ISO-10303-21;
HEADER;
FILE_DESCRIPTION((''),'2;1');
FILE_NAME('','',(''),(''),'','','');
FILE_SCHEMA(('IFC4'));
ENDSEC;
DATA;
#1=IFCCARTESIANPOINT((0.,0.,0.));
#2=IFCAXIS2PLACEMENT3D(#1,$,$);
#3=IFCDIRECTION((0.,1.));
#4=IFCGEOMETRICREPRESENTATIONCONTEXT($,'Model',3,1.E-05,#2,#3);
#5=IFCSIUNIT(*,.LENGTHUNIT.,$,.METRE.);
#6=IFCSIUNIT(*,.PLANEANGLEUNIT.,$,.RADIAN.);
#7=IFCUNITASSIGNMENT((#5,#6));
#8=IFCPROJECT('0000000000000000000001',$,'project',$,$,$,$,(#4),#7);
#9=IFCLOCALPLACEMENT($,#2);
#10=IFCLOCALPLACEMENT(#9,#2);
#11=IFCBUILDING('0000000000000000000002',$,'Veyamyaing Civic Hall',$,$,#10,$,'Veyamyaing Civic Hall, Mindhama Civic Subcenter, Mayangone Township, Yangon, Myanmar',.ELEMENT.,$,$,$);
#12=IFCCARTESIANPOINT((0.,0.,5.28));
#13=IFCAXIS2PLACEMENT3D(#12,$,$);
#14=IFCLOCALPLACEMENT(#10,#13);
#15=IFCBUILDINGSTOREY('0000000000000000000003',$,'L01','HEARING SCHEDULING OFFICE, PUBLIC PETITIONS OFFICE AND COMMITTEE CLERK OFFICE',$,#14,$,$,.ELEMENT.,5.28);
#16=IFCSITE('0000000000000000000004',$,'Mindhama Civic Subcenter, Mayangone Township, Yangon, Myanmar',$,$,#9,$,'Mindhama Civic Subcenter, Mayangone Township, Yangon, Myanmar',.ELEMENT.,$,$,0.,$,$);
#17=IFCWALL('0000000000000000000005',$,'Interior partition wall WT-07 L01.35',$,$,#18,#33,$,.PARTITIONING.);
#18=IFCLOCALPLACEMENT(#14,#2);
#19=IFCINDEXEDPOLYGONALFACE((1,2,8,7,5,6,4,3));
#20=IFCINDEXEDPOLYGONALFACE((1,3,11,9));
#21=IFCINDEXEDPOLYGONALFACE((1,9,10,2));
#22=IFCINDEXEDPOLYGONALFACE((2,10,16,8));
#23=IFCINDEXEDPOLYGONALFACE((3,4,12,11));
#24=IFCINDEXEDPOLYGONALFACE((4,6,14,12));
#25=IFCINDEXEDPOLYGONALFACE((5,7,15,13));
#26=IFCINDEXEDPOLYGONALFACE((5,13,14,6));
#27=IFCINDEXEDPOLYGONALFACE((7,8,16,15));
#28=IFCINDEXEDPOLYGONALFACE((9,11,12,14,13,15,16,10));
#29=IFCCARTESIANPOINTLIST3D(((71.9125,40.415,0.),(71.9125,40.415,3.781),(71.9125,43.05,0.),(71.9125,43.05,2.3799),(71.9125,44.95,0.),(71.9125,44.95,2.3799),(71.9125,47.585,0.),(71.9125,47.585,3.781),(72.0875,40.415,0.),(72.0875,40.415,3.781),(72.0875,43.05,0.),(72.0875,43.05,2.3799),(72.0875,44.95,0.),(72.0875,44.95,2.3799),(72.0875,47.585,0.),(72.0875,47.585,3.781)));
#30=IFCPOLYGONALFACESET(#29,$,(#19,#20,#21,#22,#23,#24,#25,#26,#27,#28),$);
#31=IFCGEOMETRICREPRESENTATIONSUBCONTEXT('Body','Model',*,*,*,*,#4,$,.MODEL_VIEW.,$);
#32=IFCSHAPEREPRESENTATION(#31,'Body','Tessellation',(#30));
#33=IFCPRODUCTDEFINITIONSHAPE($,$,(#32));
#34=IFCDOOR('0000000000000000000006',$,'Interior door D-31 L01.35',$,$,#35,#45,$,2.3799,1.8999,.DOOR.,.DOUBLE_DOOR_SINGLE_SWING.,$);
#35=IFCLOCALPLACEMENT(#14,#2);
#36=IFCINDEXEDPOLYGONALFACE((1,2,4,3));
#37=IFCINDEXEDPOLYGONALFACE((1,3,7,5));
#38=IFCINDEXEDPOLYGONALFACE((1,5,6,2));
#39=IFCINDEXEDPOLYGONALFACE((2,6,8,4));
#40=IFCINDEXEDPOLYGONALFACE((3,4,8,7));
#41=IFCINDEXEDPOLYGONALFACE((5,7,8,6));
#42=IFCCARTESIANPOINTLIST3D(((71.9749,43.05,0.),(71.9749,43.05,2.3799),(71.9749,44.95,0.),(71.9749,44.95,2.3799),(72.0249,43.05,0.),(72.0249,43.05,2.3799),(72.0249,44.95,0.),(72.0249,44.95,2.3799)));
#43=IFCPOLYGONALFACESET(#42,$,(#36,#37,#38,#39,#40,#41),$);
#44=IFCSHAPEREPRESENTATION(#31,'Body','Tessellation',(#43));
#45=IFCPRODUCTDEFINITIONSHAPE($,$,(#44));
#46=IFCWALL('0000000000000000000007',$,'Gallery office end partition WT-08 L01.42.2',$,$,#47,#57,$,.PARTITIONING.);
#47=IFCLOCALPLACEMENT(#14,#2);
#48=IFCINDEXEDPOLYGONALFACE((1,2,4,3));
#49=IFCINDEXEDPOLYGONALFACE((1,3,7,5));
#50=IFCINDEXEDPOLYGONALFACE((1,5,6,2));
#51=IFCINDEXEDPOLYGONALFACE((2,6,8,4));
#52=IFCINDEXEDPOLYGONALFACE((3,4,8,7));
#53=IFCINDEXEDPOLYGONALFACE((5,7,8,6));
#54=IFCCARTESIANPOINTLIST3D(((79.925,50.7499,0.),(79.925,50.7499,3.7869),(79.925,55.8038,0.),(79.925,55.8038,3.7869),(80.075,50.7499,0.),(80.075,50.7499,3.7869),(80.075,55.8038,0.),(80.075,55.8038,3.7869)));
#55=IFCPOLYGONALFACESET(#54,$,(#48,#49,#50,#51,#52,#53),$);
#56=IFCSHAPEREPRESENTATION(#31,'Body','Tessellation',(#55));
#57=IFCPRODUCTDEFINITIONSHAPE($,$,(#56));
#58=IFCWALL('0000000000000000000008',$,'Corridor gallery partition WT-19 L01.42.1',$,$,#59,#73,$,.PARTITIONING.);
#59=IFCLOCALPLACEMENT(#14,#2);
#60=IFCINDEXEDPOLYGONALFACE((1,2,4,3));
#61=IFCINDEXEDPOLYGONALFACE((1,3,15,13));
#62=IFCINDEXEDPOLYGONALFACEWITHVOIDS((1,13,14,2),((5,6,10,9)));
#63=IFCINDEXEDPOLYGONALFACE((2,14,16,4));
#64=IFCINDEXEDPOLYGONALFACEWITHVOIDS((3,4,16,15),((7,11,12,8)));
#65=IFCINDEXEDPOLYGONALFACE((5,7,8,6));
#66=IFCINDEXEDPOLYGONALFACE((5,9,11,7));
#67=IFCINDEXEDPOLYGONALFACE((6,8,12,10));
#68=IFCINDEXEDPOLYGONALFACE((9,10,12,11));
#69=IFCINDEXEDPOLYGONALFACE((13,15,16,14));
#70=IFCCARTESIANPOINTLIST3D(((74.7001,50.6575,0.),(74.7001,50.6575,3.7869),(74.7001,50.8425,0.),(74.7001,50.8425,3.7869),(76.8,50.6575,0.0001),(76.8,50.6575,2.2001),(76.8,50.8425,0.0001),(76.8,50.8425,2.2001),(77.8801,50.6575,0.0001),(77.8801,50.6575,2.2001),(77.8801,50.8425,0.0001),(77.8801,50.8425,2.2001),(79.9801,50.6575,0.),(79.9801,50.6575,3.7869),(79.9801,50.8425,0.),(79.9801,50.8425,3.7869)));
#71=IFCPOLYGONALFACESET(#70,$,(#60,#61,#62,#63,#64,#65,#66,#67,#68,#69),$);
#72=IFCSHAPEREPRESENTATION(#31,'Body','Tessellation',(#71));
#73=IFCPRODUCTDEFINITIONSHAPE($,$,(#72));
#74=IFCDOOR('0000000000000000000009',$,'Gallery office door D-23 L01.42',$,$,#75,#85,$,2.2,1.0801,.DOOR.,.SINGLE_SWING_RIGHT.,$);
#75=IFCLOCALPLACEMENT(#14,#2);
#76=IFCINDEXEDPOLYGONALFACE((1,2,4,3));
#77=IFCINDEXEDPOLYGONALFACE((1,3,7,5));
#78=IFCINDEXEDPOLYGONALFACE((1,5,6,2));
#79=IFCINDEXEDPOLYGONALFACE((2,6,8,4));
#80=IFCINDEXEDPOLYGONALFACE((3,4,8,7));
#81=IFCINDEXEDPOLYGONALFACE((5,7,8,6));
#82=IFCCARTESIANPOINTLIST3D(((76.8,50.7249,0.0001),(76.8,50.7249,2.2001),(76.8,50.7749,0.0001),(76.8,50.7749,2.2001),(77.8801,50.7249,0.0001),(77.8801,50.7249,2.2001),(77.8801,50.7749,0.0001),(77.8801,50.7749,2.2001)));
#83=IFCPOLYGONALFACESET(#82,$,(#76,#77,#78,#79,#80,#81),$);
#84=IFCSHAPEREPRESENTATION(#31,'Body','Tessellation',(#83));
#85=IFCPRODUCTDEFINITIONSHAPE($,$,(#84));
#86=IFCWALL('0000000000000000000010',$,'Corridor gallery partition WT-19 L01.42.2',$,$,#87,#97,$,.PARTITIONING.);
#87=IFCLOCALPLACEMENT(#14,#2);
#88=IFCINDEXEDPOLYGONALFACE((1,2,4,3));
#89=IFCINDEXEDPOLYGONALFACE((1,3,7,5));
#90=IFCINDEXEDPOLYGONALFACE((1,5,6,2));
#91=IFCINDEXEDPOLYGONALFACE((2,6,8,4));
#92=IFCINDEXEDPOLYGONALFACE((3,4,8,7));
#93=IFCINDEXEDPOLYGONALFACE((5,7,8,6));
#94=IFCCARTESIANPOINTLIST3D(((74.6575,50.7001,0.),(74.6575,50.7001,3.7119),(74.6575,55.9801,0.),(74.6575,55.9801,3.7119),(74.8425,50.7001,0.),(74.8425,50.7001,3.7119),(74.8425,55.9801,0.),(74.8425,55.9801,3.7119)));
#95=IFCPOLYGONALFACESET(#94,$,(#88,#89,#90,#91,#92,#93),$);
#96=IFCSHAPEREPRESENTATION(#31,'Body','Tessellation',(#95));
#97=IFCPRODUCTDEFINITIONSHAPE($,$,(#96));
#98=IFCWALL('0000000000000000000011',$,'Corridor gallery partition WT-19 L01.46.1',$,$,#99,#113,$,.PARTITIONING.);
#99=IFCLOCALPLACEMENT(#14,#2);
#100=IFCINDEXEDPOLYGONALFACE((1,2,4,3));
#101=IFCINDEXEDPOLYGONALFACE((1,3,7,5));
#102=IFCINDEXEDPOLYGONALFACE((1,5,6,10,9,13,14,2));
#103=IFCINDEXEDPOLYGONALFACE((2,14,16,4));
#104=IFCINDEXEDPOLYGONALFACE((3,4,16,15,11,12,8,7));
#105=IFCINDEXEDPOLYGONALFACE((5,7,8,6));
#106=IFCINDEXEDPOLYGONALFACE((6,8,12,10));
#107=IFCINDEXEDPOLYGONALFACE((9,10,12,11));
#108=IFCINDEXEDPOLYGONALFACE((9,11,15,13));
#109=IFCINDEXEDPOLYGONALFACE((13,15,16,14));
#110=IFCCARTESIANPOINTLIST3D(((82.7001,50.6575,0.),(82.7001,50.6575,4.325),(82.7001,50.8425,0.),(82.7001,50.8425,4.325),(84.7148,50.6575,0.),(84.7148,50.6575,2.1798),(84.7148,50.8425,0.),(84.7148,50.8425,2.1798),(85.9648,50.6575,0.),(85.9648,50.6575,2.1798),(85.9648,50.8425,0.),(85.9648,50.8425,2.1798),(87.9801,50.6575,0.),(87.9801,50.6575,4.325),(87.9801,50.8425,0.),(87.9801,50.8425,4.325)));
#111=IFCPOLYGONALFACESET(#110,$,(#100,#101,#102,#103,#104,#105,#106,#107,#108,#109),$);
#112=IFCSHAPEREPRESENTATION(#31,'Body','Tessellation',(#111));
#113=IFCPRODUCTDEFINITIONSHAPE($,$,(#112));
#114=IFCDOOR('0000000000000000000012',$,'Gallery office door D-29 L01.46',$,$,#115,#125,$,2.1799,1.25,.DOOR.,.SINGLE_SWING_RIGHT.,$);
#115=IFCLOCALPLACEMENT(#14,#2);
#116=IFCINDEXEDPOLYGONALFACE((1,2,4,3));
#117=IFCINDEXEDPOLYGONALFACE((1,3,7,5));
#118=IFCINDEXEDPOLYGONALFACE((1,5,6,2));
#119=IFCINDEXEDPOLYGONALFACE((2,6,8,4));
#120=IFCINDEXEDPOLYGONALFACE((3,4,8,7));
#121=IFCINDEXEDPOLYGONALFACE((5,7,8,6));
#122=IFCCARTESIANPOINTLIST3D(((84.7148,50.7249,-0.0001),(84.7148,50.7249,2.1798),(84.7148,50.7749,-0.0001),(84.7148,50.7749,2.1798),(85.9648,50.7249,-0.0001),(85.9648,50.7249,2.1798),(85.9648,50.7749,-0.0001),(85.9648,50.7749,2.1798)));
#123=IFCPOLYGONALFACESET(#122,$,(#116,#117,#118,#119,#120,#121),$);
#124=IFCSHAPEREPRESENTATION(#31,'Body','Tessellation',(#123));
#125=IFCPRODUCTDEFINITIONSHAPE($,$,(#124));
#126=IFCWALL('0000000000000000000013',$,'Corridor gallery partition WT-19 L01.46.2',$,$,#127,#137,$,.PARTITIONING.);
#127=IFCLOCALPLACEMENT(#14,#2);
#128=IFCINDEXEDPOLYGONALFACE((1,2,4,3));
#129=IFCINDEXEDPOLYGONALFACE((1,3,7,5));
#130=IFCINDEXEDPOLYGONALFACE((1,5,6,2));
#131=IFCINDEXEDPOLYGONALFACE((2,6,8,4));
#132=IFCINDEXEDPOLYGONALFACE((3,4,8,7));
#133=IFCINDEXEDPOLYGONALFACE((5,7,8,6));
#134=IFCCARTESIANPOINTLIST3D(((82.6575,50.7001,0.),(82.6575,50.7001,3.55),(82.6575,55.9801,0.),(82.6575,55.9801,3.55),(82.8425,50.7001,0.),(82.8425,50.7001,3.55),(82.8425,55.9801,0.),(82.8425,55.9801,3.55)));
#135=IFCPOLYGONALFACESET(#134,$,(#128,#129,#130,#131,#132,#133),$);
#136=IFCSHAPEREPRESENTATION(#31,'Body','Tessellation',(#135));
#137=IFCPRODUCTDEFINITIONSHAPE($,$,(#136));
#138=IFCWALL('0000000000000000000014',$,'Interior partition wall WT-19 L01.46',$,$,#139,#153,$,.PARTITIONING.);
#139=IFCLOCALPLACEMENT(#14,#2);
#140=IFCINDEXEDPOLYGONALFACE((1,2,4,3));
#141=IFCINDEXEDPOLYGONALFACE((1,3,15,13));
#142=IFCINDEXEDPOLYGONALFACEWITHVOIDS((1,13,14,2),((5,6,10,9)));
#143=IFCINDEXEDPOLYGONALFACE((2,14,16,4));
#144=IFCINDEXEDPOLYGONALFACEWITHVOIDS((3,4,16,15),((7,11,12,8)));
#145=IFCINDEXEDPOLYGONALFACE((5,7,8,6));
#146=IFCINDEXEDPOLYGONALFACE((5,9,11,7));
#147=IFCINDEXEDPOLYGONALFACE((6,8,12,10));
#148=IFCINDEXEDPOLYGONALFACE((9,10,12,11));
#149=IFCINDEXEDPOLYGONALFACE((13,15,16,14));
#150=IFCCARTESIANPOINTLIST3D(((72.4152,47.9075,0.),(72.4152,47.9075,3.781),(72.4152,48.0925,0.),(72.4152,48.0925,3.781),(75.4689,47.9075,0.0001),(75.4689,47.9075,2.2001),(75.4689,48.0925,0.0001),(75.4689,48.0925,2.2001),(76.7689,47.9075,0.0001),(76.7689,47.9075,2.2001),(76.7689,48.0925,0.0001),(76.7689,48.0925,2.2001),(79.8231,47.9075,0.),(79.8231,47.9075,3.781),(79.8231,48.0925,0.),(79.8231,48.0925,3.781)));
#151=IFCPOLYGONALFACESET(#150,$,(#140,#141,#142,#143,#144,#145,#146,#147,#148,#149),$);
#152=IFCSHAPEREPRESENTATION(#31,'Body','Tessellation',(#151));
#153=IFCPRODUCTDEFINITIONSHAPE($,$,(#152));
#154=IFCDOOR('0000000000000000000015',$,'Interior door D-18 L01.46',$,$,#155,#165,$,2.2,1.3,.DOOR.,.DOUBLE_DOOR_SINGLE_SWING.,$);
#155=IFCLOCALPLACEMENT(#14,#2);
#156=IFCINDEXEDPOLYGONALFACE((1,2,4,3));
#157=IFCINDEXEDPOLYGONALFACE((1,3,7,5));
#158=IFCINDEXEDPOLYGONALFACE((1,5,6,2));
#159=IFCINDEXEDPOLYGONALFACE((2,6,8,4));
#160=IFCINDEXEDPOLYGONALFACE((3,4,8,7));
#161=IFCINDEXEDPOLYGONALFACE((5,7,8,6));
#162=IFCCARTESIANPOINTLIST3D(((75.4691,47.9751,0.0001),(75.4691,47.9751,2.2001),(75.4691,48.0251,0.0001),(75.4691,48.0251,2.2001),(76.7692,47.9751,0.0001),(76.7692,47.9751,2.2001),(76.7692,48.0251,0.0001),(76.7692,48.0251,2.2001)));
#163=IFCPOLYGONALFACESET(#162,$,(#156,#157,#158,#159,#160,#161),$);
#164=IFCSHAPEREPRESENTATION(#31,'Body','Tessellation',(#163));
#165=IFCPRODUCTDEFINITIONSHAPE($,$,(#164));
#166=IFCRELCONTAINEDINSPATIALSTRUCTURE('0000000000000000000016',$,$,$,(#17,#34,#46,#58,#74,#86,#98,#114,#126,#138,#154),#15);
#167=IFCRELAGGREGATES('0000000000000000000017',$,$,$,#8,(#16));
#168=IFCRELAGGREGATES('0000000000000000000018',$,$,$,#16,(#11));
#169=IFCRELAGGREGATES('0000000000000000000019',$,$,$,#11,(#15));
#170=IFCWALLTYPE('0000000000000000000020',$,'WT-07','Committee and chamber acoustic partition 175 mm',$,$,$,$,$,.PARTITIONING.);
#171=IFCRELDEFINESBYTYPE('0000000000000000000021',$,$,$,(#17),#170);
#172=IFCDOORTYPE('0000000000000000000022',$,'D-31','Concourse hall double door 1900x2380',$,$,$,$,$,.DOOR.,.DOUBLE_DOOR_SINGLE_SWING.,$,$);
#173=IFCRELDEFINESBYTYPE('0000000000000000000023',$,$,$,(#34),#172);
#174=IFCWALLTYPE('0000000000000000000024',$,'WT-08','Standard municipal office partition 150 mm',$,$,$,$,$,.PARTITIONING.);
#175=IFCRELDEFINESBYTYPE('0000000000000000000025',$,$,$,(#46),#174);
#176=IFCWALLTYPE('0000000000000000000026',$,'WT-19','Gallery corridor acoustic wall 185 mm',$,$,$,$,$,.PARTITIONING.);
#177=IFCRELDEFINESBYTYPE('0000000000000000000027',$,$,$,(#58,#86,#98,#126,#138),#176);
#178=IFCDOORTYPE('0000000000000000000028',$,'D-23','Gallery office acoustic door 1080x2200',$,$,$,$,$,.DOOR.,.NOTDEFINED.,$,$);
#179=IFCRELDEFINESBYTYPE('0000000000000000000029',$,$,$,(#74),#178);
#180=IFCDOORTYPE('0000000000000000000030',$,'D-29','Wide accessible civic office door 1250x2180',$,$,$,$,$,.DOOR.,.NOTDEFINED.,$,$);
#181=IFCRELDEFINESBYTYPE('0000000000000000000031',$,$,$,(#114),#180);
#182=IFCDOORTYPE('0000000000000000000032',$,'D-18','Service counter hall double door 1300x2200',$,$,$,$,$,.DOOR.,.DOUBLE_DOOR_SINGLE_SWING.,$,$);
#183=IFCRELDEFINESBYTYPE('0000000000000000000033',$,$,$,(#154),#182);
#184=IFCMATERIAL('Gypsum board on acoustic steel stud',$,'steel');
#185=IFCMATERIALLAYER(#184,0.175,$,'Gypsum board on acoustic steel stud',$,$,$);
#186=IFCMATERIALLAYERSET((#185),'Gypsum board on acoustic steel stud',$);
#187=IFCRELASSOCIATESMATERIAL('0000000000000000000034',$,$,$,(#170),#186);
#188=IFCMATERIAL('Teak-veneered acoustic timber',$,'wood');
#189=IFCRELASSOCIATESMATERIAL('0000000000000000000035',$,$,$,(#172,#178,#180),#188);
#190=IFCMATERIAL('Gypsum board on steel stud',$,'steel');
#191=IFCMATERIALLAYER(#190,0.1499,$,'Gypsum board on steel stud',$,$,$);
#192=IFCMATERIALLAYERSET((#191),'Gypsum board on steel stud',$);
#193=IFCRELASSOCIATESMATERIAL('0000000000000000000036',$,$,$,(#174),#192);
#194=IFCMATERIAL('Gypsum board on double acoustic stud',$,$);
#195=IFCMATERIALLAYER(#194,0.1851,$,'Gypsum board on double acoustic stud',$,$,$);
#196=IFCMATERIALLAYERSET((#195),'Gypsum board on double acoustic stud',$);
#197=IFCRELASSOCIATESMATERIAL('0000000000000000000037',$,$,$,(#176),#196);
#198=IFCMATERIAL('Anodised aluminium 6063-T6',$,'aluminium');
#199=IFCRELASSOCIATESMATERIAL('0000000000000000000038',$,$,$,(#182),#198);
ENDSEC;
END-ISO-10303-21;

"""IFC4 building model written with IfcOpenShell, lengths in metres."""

from ifc_helpers import new_model, si_unit, direction, frame, frame_2d, origin, place, context, subcontext, project, spatial, rectangle, extrude, material, layer, layer_set, type_object, element, fill, save


model = new_model("IFC4")

# Units and contexts
model_context = context("Model", 3, precision=1e-05, world=origin(), true_north=direction((0.0, 1.0)))
body_context = subcontext(model_context, "Body", "Model", "MODEL_VIEW")
ifc_project = project(units=[si_unit("LENGTHUNIT", "METRE"), si_unit("PLANEANGLEUNIT", "RADIAN")], contexts=[model_context])

# Site, building, storey
site_placement = place(None, origin())
site = spatial("IfcSite", under=ifc_project, at=site_placement, Name="Mindhama Civic Subcenter, Mayangone Township, Yangon, Myanmar", LongName="Mindhama Civic Subcenter, Mayangone Township, Yangon, Myanmar", CompositionType="ELEMENT", RefElevation=0.0)
building_placement = place(site_placement, origin())
building = spatial("IfcBuilding", under=site, at=building_placement, Name="Veyamyaing Civic Hall", LongName="Veyamyaing Civic Hall, Mindhama Civic Subcenter, Mayangone Township, Yangon, Myanmar", CompositionType="ELEMENT")
storey_placement = place(building_placement, frame((0.0, 0.0, 5.28)))
storey = spatial("IfcBuildingStorey", under=building, at=storey_placement, Name="L01", Description="HEARING SCHEDULING OFFICE, PUBLIC PETITIONS OFFICE AND COMMITTEE CLERK OFFICE", CompositionType="ELEMENT", Elevation=5.28)

# Wall, opening, door
ifc_material_1 = material(Name="Gypsum board on acoustic steel stud", Category="steel")
ifc_layer_1 = layer(ifc_material_1, 0.175, Name="Gypsum board on acoustic steel stud")
ifc_layer_set_1 = layer_set([ifc_layer_1], Name="Gypsum board on acoustic steel stud")
wall_type_1 = type_object("IfcWallType", Name="WT-07", Description="Committee and chamber acoustic partition 175 mm", PredefinedType="PARTITIONING", material=ifc_layer_set_1)
wall_1_placement = place(storey_placement, frame((72.0, 40.415, 0.0), z_axis=(0.0, 0.0, 1.0), x_axis=(0.0, 1.0, 0.0)))
wall_1 = element("IfcWall", 1, at=wall_1_placement, inside=storey, type_object=wall_type_1, Name="Interior partition wall WT-07 L01.35", PredefinedType="PARTITIONING", context=body_context, shape_type="SweptSolid", body=[
    extrude(rectangle(XDim=7.1699, YDim=0.175, at=frame_2d((3.585, 0.0))), origin(), (0.0, 0.0, 1.0), 3.781),
])
opening_1_placement = place(wall_1_placement, frame((2.635, 0.0, 0.0)))
opening_1 = element("IfcOpeningElement", 2, at=opening_1_placement, cuts=wall_1, PredefinedType="OPENING", context=body_context, shape_type="SweptSolid", body=[
    extrude(rectangle(XDim=1.8999, YDim=2.3799, at=frame_2d((0.95, 1.1899))), frame((0.0, 0.0974, 0.0), z_axis=(0.0, -1.0, 0.0), x_axis=(1.0, 0.0, 0.0)), (0.0, 0.0, 1.0), 0.1951),
])
ifc_material_2 = material(Name="Teak-veneered acoustic timber", Category="wood")
door_type_1 = type_object("IfcDoorType", Name="D-31", Description="Concourse hall double door 1900x2380", OperationType="DOUBLE_DOOR_SINGLE_SWING", PredefinedType="DOOR", material=ifc_material_2)
door_1_placement = place(opening_1_placement, frame((1.8999, 0.0, 0.0), z_axis=(0.0, 0.0, 1.0), x_axis=(-1.0, 0.0, 0.0)))
door_1 = element("IfcDoor", 3, at=door_1_placement, inside=storey, type_object=door_type_1, Name="Interior door D-31 L01.35", OperationType="DOUBLE_DOOR_SINGLE_SWING", OverallHeight=2.3799, OverallWidth=1.8999, PredefinedType="DOOR", context=body_context, shape_type="SweptSolid", body=[
    extrude(rectangle(XDim=1.8999, YDim=2.3799, at=frame_2d((0.95, 1.1899))), frame((0.0, 0.0249, 0.0), z_axis=(0.0, -1.0, 0.0), x_axis=(1.0, 0.0, 0.0)), (0.0, 0.0, 1.0), 0.05),
])
fill(opening_1, door_1)

# Wall
ifc_material_3 = material(Name="Gypsum board on steel stud", Category="steel")
ifc_layer_2 = layer(ifc_material_3, 0.1499, Name="Gypsum board on steel stud")
ifc_layer_set_2 = layer_set([ifc_layer_2], Name="Gypsum board on steel stud")
wall_type_2 = type_object("IfcWallType", Name="WT-08", Description="Standard municipal office partition 150 mm", PredefinedType="PARTITIONING", material=ifc_layer_set_2)
wall_2_placement = place(storey_placement, frame((80.0, 50.75, 0.0), z_axis=(0.0, 0.0, 1.0), x_axis=(0.0, 1.0, 0.0)))
element("IfcWall", 4, at=wall_2_placement, inside=storey, type_object=wall_type_2, Name="Gallery office end partition WT-08 L01.42.2", PredefinedType="PARTITIONING", context=body_context, shape_type="SweptSolid", body=[
    extrude(rectangle(XDim=5.054, YDim=0.1499, at=frame_2d((2.5269, 0.0))), origin(), (0.0, 0.0, 1.0), 3.7869),
])

# Wall, opening, door
ifc_material_4 = material(Name="Gypsum board on double acoustic stud")
ifc_layer_3 = layer(ifc_material_4, 0.1851, Name="Gypsum board on double acoustic stud")
ifc_layer_set_3 = layer_set([ifc_layer_3], Name="Gypsum board on double acoustic stud")
wall_type_3 = type_object("IfcWallType", Name="WT-19", Description="Gallery corridor acoustic wall 185 mm", PredefinedType="PARTITIONING", material=ifc_layer_set_3)
wall_3_placement = place(storey_placement, frame((74.7, 50.75, 0.0), z_axis=(0.0, 0.0, 1.0), x_axis=(1.0, 0.0, 0.0)))
wall_3 = element("IfcWall", 5, at=wall_3_placement, inside=storey, type_object=wall_type_3, Name="Corridor gallery partition WT-19 L01.42.1", PredefinedType="PARTITIONING", context=body_context, shape_type="SweptSolid", body=[
    extrude(rectangle(XDim=5.28, YDim=0.1851, at=frame_2d((2.6401, 0.0))), origin(), (0.0, 0.0, 1.0), 3.7869),
])
opening_2_placement = place(wall_3_placement, frame((2.1001, 0.0, 0.0)))
opening_2 = element("IfcOpeningElement", 6, at=opening_2_placement, cuts=wall_3, PredefinedType="OPENING", context=body_context, shape_type="SweptSolid", body=[
    extrude(rectangle(XDim=1.0801, YDim=2.2, at=frame_2d((0.54, 1.1001))), frame((0.0, 0.1025, 0.0), z_axis=(0.0, -1.0, 0.0), x_axis=(1.0, 0.0, 0.0)), (0.0, 0.0, 1.0), 0.2051),
])
door_type_2 = type_object("IfcDoorType", Name="D-23", Description="Gallery office acoustic door 1080x2200", OperationType="NOTDEFINED", PredefinedType="DOOR", material=ifc_material_2)
door_2_placement = place(opening_2_placement, origin())
door_2 = element("IfcDoor", 7, at=door_2_placement, inside=storey, type_object=door_type_2, Name="Gallery office door D-23 L01.42", OperationType="SINGLE_SWING_RIGHT", OverallHeight=2.2, OverallWidth=1.0801, PredefinedType="DOOR", context=body_context, shape_type="SweptSolid", body=[
    extrude(rectangle(XDim=1.0801, YDim=2.2, at=frame_2d((0.54, 1.1001))), frame((0.0, 0.0249, 0.0), z_axis=(0.0, -1.0, 0.0), x_axis=(1.0, 0.0, 0.0)), (0.0, 0.0, 1.0), 0.05),
])
fill(opening_2, door_2)

# Wall
wall_4_placement = place(storey_placement, frame((74.75, 50.7, 0.0), z_axis=(0.0, 0.0, 1.0), x_axis=(0.0, 1.0, 0.0)))
element("IfcWall", 8, at=wall_4_placement, inside=storey, type_object=wall_type_3, Name="Corridor gallery partition WT-19 L01.42.2", PredefinedType="PARTITIONING", context=body_context, shape_type="SweptSolid", body=[
    extrude(rectangle(XDim=5.28, YDim=0.1851, at=frame_2d((2.6401, 0.0))), origin(), (0.0, 0.0, 1.0), 3.7119),
])

# Wall, opening, door
wall_5_placement = place(storey_placement, frame((82.7, 50.75, 0.0), z_axis=(0.0, 0.0, 1.0), x_axis=(1.0, 0.0, 0.0)))
wall_5 = element("IfcWall", 9, at=wall_5_placement, inside=storey, type_object=wall_type_3, Name="Corridor gallery partition WT-19 L01.46.1", PredefinedType="PARTITIONING", context=body_context, shape_type="SweptSolid", body=[
    extrude(rectangle(XDim=5.28, YDim=0.1851, at=frame_2d((2.6401, 0.0))), origin(), (0.0, 0.0, 1.0), 4.325),
])
opening_3_placement = place(wall_5_placement, frame((2.0149, 0.0, 0.0)))
opening_3 = element("IfcOpeningElement", 10, at=opening_3_placement, cuts=wall_5, PredefinedType="OPENING", context=body_context, shape_type="SweptSolid", body=[
    extrude(rectangle(XDim=1.25, YDim=2.1799, at=frame_2d((0.625, 1.0898))), frame((0.0, 0.1025, 0.0), z_axis=(0.0, -1.0, 0.0), x_axis=(1.0, 0.0, 0.0)), (0.0, 0.0, 1.0), 0.2051),
])
door_type_3 = type_object("IfcDoorType", Name="D-29", Description="Wide accessible civic office door 1250x2180", OperationType="NOTDEFINED", PredefinedType="DOOR", material=ifc_material_2)
door_3_placement = place(opening_3_placement, origin())
door_3 = element("IfcDoor", 11, at=door_3_placement, inside=storey, type_object=door_type_3, Name="Gallery office door D-29 L01.46", OperationType="SINGLE_SWING_RIGHT", OverallHeight=2.1799, OverallWidth=1.25, PredefinedType="DOOR", context=body_context, shape_type="SweptSolid", body=[
    extrude(rectangle(XDim=1.25, YDim=2.1799, at=frame_2d((0.625, 1.0898))), frame((0.0, 0.0249, 0.0), z_axis=(0.0, -1.0, 0.0), x_axis=(1.0, 0.0, 0.0)), (0.0, 0.0, 1.0), 0.05),
])
fill(opening_3, door_3)

# Wall
wall_6_placement = place(storey_placement, frame((82.75, 50.7, 0.0), z_axis=(0.0, 0.0, 1.0), x_axis=(0.0, 1.0, 0.0)))
element("IfcWall", 12, at=wall_6_placement, inside=storey, type_object=wall_type_3, Name="Corridor gallery partition WT-19 L01.46.2", PredefinedType="PARTITIONING", context=body_context, shape_type="SweptSolid", body=[
    extrude(rectangle(XDim=5.28, YDim=0.1851, at=frame_2d((2.6401, 0.0))), origin(), (0.0, 0.0, 1.0), 3.55),
])

# Wall, opening, door
wall_7_placement = place(storey_placement, frame((72.415, 48.0, 0.0), z_axis=(0.0, 0.0, 1.0), x_axis=(1.0, 0.0, 0.0)))
wall_7 = element("IfcWall", 13, at=wall_7_placement, inside=storey, type_object=wall_type_3, Name="Interior partition wall WT-19 L01.46", PredefinedType="PARTITIONING", context=body_context, shape_type="SweptSolid", body=[
    extrude(rectangle(XDim=7.408, YDim=0.1851, at=frame_2d((3.7041, 0.0))), origin(), (0.0, 0.0, 1.0), 3.781),
])
opening_4_placement = place(wall_7_placement, frame((3.054, 0.0, 0.0)))
opening_4 = element("IfcOpeningElement", 14, at=opening_4_placement, cuts=wall_7, PredefinedType="OPENING", context=body_context, shape_type="SweptSolid", body=[
    extrude(rectangle(XDim=1.3, YDim=2.2, at=frame_2d((0.6499, 1.1001))), frame((0.0, 0.1025, 0.0), z_axis=(0.0, -1.0, 0.0), x_axis=(1.0, 0.0, 0.0)), (0.0, 0.0, 1.0), 0.2051),
])
ifc_material_5 = material(Name="Anodised aluminium 6063-T6", Category="aluminium")
door_type_4 = type_object("IfcDoorType", Name="D-18", Description="Service counter hall double door 1300x2200", OperationType="DOUBLE_DOOR_SINGLE_SWING", PredefinedType="DOOR", material=ifc_material_5)
door_4_placement = place(opening_4_placement, frame((1.3, 0.0, 0.0), z_axis=(0.0, 0.0, 1.0), x_axis=(-1.0, 0.0, 0.0)))
door_4 = element("IfcDoor", 15, at=door_4_placement, inside=storey, type_object=door_type_4, Name="Interior door D-18 L01.46", OperationType="DOUBLE_DOOR_SINGLE_SWING", OverallHeight=2.2, OverallWidth=1.3, PredefinedType="DOOR", context=body_context, shape_type="SweptSolid", body=[
    extrude(rectangle(XDim=1.3, YDim=2.2, at=frame_2d((0.6499, 1.1001))), frame((0.0, 0.0249, 0.0), z_axis=(0.0, -1.0, 0.0), x_axis=(1.0, 0.0, 0.0)), (0.0, 0.0, 1.0), 0.05),
])
fill(opening_4, door_4)

save(model, "model.ifc")
